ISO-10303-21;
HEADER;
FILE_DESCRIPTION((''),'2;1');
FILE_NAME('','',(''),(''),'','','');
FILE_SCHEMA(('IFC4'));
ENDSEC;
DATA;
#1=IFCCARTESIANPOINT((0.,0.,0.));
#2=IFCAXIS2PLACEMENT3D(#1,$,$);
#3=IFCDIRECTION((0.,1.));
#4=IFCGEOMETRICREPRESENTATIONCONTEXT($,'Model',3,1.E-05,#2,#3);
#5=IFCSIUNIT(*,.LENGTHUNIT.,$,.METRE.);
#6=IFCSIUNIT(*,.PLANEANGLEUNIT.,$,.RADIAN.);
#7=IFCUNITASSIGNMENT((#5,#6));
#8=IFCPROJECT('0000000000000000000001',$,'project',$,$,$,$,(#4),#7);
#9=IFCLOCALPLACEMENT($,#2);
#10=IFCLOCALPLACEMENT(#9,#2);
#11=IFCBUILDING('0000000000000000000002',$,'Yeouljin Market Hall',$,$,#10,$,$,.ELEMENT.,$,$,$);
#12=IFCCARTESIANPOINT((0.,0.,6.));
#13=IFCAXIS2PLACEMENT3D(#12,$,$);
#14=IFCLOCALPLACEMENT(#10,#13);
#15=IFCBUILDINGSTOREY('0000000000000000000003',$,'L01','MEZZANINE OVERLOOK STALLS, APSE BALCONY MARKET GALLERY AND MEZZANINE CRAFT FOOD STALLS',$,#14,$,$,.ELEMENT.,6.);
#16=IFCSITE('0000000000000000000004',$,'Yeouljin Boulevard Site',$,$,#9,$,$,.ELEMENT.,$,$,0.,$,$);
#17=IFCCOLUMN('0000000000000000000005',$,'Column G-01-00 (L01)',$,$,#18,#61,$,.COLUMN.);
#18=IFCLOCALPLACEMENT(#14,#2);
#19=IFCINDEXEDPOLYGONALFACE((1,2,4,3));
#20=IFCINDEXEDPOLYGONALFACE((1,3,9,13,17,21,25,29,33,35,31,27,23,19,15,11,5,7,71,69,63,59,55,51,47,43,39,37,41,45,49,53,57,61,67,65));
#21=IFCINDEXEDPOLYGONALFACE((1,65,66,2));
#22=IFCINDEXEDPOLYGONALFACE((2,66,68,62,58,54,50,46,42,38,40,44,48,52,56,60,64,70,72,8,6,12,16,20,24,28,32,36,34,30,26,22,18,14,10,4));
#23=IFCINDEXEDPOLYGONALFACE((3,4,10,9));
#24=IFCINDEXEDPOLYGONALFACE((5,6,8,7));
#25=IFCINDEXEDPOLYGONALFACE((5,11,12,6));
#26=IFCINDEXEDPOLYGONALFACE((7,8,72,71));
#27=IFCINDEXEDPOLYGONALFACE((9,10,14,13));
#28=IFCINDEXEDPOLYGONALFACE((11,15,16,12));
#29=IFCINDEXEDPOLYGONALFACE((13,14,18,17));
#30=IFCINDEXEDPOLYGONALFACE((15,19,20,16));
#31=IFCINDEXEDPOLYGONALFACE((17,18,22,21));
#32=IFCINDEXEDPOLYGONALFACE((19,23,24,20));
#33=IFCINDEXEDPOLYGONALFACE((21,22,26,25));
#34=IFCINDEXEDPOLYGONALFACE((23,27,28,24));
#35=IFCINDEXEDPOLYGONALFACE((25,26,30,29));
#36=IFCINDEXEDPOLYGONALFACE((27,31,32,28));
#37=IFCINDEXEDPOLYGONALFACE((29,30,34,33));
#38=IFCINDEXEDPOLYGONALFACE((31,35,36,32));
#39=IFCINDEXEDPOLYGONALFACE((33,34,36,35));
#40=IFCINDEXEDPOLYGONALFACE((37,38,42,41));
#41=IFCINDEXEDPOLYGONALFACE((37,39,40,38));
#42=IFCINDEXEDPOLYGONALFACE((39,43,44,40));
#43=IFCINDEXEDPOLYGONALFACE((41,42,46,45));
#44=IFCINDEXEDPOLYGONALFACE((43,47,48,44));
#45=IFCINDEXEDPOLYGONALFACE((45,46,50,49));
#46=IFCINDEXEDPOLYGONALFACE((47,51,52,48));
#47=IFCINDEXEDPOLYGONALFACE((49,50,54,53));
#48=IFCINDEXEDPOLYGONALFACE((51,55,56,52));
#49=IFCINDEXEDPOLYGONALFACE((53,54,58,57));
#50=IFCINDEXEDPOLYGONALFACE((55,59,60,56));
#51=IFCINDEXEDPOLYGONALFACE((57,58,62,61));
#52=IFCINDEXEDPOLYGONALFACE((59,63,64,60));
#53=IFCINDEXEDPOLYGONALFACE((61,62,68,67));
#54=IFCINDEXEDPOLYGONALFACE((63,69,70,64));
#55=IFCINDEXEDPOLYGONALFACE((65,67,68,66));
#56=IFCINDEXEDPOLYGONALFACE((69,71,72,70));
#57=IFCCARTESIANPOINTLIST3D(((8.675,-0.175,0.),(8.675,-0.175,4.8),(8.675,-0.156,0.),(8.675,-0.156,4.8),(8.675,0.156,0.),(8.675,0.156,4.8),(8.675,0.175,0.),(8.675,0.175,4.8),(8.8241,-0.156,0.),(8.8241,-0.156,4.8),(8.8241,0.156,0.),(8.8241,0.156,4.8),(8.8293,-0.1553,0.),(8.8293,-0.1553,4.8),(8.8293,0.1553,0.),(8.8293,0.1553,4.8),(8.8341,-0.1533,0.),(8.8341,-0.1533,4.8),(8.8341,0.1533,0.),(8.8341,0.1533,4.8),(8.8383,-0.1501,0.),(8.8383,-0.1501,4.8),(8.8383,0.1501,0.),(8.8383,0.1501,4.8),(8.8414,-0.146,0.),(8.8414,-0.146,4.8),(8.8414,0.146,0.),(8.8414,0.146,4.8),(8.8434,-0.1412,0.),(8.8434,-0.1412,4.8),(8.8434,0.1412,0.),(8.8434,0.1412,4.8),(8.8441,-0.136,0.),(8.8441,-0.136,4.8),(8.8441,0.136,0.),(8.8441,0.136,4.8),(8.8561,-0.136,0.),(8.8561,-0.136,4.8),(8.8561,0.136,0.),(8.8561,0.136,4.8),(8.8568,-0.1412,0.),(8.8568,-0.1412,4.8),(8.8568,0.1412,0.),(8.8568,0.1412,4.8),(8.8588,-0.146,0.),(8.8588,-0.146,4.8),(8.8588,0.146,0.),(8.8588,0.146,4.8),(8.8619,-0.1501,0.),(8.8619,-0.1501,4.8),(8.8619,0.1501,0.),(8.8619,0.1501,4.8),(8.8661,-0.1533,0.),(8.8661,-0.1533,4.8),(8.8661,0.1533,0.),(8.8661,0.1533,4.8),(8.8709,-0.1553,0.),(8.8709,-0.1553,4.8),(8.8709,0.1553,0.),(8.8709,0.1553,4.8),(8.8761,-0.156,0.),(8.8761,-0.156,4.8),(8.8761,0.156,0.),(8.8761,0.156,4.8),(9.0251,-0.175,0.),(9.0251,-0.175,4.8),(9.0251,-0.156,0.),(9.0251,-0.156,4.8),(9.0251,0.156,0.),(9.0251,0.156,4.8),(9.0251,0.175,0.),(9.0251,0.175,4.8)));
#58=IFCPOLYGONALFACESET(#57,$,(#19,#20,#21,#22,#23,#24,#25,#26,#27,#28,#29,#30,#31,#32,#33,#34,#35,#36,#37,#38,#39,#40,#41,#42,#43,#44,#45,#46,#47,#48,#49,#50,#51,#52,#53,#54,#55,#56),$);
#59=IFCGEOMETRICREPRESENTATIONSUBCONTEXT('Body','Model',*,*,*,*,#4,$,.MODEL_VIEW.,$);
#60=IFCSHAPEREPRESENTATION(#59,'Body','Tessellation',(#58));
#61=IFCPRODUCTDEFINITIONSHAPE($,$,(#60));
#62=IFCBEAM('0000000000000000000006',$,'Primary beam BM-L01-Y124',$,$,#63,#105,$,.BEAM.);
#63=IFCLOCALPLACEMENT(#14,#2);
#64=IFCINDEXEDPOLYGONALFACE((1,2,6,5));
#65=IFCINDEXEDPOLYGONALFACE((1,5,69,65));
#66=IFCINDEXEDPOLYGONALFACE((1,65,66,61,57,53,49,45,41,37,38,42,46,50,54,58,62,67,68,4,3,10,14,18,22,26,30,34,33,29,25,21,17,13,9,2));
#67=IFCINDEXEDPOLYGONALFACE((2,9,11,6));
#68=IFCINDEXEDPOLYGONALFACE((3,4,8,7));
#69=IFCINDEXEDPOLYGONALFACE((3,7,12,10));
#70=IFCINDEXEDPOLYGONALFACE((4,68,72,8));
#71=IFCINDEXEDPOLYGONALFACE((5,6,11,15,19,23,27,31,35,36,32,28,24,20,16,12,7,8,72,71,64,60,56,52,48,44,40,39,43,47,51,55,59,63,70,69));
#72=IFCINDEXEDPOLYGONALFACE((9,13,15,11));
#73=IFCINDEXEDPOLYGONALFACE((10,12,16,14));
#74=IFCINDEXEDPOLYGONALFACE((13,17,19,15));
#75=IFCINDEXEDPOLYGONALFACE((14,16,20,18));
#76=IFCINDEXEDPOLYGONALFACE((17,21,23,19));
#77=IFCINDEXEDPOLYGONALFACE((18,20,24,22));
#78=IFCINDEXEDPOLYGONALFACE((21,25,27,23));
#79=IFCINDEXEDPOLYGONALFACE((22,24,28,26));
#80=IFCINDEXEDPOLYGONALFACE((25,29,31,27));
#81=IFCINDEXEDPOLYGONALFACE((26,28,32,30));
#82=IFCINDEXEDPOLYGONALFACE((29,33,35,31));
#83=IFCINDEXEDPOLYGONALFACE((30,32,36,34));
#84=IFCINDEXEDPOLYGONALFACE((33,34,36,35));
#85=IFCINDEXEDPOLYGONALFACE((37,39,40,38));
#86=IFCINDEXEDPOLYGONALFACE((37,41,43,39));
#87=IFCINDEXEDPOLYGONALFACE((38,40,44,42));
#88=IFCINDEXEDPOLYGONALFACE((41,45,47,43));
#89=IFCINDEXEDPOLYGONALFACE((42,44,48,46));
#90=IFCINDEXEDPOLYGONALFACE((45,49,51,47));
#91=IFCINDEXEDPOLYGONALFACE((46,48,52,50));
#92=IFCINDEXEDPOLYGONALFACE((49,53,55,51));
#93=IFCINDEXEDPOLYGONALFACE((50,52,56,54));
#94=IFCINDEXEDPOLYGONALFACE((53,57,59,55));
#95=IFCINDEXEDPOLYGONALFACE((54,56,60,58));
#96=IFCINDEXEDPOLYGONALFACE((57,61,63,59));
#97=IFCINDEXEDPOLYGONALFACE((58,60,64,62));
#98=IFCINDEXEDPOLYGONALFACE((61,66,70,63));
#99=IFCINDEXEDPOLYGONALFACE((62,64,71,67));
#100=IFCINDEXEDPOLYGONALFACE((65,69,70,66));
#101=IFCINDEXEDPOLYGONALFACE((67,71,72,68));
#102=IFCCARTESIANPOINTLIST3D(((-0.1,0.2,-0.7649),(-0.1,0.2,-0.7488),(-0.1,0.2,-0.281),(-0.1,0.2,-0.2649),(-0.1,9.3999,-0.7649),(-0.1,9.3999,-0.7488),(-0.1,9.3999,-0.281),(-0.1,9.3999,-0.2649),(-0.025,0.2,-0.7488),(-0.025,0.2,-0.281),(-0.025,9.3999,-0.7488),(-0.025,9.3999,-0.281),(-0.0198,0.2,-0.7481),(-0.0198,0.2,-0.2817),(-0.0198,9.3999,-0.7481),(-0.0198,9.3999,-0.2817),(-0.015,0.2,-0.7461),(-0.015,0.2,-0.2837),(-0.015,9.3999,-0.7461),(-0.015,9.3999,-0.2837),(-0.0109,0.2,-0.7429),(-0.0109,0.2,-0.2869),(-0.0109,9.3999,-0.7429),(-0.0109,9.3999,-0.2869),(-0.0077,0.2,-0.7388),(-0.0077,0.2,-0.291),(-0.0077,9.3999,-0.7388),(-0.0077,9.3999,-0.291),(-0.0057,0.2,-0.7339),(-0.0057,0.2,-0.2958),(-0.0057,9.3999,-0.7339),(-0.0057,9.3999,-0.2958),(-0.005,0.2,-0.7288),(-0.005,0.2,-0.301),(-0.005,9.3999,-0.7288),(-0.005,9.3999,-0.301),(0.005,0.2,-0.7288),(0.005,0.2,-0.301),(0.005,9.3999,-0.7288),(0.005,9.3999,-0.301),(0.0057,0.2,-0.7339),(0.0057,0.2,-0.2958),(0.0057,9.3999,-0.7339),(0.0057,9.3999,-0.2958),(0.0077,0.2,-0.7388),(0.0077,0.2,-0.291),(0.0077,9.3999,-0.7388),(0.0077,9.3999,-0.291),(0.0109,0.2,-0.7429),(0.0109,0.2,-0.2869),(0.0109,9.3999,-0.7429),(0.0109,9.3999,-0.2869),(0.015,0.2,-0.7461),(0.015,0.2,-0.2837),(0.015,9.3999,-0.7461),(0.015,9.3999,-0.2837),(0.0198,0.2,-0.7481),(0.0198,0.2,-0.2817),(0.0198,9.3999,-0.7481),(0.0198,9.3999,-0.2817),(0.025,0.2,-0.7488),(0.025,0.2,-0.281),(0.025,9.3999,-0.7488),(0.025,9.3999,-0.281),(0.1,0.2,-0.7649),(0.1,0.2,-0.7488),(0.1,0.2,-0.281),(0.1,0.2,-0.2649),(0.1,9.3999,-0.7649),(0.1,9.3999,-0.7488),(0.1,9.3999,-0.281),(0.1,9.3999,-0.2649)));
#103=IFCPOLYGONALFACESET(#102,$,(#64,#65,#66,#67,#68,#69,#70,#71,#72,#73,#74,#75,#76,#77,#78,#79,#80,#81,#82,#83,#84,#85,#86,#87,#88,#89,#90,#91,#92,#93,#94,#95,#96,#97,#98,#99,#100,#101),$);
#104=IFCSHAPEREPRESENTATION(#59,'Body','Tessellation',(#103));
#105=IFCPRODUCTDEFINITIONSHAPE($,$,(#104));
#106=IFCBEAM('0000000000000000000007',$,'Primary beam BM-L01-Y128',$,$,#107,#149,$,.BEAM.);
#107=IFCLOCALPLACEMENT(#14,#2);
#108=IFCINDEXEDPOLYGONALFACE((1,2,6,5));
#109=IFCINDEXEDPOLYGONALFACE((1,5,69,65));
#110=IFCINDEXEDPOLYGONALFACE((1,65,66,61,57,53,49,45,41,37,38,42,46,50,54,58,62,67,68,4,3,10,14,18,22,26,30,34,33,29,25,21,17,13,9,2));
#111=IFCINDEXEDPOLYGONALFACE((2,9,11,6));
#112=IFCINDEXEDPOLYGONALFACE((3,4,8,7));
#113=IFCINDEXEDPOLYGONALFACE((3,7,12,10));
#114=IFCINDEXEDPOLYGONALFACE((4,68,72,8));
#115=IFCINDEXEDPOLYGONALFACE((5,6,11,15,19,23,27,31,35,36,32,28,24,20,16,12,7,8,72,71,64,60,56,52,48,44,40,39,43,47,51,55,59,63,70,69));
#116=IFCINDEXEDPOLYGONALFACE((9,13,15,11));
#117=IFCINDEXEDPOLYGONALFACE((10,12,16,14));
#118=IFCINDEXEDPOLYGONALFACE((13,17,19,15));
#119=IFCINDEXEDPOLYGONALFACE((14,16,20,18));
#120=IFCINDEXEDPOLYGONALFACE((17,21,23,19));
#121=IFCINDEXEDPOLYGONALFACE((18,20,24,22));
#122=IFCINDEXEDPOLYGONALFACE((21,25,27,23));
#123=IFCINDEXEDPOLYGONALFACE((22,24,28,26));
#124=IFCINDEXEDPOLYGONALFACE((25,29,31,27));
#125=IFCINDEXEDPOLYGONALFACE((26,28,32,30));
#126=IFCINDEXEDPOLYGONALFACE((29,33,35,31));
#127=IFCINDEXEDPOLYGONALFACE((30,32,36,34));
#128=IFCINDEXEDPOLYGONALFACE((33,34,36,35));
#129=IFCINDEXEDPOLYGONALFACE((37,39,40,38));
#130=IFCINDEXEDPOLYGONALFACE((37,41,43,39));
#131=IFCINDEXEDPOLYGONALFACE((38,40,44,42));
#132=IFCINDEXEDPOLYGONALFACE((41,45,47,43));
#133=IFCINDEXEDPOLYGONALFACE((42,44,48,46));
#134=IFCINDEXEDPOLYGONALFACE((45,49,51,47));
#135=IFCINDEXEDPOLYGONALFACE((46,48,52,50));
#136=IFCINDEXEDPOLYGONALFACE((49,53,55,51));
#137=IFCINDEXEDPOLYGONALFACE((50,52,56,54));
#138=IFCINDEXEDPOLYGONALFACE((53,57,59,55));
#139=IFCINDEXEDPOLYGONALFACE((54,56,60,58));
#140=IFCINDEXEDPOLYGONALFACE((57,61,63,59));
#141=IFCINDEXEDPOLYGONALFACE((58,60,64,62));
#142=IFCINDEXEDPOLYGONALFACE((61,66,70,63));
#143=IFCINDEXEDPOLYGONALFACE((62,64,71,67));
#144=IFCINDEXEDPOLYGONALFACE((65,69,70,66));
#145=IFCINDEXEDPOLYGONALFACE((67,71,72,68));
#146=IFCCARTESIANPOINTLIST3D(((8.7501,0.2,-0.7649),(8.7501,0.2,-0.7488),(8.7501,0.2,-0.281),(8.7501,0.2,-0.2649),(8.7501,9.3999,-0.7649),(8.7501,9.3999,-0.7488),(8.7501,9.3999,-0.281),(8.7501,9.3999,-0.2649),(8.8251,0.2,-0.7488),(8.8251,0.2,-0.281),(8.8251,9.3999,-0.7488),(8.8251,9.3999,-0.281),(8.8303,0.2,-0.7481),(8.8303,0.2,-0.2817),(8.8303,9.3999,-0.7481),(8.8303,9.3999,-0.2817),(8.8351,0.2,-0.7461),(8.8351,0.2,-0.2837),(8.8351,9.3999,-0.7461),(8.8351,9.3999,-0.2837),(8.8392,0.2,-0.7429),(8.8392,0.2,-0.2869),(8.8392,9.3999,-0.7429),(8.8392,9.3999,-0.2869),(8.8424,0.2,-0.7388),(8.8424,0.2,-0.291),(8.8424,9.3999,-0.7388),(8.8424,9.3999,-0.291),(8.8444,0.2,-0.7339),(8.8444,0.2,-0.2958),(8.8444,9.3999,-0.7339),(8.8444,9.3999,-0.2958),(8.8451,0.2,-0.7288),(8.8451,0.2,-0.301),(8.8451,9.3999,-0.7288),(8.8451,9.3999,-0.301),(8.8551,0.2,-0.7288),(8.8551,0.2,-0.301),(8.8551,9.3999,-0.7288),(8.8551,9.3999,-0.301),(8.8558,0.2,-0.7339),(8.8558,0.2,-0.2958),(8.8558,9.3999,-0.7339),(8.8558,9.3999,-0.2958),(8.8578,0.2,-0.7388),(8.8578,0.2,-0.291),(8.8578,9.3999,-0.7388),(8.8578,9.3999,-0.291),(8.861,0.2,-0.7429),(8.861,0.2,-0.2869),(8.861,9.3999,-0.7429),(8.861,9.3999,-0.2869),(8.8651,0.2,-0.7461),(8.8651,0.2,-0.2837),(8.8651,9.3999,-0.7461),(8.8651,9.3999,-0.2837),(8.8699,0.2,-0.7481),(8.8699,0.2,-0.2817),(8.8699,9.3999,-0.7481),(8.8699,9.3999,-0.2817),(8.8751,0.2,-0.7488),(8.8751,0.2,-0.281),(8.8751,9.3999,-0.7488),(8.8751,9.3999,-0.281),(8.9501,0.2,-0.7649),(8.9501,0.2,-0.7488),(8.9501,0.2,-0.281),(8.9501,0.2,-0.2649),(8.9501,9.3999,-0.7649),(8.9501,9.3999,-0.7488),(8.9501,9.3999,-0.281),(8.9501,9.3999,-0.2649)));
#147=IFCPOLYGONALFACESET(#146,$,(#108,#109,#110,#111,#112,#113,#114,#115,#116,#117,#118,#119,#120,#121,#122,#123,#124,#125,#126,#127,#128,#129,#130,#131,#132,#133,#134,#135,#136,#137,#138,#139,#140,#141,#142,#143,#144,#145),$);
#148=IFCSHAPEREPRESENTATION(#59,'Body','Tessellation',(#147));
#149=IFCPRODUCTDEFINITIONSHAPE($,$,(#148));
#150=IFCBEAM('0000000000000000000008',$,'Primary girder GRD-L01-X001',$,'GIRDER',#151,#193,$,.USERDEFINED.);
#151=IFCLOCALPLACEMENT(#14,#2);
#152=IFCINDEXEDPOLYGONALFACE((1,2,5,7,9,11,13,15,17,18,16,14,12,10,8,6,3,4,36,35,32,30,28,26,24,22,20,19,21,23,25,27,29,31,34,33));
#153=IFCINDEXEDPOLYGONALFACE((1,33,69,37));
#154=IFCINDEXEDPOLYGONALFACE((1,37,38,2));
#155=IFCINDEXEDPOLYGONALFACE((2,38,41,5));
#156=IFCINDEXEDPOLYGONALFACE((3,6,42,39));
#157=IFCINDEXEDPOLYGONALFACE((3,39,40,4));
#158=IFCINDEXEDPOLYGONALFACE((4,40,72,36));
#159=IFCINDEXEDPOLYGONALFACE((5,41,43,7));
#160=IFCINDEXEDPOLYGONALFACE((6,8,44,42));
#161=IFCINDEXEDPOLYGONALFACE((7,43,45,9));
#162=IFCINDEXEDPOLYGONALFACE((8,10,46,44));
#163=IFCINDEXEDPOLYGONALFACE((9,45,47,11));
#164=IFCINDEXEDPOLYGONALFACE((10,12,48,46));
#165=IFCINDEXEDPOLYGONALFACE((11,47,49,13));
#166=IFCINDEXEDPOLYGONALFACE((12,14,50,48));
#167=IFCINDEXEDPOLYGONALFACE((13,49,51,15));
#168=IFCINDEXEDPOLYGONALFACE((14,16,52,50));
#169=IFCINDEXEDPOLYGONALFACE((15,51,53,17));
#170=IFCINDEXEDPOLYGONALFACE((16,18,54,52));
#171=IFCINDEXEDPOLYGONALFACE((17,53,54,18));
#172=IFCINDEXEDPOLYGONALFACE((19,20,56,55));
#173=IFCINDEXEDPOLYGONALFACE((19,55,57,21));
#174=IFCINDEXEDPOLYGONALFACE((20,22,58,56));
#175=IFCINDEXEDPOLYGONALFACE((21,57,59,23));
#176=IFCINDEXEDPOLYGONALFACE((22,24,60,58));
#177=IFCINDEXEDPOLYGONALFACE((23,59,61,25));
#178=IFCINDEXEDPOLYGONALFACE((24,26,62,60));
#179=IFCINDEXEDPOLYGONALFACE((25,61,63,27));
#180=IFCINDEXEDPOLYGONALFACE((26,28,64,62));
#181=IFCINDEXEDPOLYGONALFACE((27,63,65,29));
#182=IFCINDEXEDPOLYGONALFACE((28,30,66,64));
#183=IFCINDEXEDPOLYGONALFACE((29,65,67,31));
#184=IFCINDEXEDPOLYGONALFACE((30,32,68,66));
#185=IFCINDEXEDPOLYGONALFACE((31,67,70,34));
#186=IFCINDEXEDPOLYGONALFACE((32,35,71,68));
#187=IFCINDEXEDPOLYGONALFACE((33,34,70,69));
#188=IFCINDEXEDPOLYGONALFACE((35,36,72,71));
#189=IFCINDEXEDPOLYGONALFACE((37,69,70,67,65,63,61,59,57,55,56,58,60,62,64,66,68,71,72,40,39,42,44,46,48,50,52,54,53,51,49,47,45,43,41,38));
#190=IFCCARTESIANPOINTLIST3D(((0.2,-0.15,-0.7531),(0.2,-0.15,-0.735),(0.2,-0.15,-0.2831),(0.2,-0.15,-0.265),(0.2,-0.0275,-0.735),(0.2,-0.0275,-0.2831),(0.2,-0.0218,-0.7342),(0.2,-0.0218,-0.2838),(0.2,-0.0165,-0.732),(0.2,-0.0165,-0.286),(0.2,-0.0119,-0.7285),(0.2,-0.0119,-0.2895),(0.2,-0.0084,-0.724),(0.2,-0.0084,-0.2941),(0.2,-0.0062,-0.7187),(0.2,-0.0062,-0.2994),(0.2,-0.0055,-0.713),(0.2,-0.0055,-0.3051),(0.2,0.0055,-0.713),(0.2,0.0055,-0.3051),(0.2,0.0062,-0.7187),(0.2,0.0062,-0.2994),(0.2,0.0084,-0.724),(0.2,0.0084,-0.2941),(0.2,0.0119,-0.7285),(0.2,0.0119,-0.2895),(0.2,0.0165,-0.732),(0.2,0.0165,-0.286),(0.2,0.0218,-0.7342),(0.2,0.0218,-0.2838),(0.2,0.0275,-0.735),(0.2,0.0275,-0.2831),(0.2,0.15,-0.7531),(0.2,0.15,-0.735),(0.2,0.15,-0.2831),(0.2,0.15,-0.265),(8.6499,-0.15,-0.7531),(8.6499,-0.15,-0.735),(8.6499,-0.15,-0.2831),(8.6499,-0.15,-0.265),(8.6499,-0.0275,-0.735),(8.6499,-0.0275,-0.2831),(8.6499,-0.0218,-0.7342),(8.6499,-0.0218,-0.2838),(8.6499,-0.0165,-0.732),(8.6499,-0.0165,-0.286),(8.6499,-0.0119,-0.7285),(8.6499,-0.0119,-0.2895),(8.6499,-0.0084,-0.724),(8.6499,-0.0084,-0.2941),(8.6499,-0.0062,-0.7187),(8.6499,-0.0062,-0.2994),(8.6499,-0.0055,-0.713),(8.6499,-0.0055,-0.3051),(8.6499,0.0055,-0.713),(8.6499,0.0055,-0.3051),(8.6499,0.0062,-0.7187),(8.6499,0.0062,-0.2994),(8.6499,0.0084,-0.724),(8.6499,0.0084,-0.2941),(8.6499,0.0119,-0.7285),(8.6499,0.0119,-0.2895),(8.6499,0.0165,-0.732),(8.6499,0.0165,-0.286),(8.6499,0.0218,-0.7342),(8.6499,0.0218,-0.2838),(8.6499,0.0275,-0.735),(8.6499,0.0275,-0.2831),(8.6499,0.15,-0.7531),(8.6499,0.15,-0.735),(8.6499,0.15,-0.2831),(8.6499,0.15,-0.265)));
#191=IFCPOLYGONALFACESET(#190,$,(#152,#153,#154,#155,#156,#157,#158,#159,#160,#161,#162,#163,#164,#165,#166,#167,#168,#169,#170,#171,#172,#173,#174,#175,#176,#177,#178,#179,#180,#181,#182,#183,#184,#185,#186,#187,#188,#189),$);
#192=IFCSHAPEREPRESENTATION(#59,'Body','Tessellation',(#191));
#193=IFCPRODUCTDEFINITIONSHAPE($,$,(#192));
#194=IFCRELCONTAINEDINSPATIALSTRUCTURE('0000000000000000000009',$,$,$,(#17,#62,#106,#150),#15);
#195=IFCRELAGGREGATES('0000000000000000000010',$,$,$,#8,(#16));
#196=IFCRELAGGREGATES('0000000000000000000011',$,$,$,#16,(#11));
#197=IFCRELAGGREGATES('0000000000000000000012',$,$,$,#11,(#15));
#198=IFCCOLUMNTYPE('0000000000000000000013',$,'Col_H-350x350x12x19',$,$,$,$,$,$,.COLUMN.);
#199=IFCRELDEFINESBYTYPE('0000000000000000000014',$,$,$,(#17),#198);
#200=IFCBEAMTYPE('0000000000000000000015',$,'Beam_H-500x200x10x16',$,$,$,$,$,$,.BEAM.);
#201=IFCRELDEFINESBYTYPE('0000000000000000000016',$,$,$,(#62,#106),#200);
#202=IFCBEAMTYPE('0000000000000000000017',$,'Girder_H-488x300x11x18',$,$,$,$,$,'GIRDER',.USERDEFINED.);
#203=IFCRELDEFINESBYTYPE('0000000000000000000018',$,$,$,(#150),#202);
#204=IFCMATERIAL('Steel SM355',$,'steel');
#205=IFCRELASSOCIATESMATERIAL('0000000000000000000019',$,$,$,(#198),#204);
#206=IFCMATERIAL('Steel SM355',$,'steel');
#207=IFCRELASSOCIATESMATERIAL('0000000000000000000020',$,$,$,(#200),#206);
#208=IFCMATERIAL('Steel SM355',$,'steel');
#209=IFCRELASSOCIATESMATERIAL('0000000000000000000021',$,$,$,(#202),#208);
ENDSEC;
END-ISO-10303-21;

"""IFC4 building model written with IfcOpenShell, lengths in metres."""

from ifc_helpers import new_model, si_unit, direction, frame, origin, origin_2d, place, context, subcontext, project, spatial, i_section, extrude, material, material_profile, profile_set, type_object, element, save


model = new_model("IFC4")

# Units and contexts
model_context = context("Model", 3, precision=1e-05, world=origin(), true_north=direction((0.0, 1.0)))
body_context = subcontext(model_context, "Body", "Model", "MODEL_VIEW")
ifc_project = project(units=[si_unit("LENGTHUNIT", "METRE"), si_unit("PLANEANGLEUNIT", "RADIAN")], contexts=[model_context])

# Site, building, storey
site_placement = place(None, origin())
site = spatial("IfcSite", under=ifc_project, at=site_placement, Name="Yeouljin Boulevard Site", CompositionType="ELEMENT", RefElevation=0.0)
building_placement = place(site_placement, origin())
building = spatial("IfcBuilding", under=site, at=building_placement, Name="Yeouljin Market Hall", CompositionType="ELEMENT")
storey_placement = place(building_placement, frame((0.0, 0.0, 6.0)))
storey = spatial("IfcBuildingStorey", under=building, at=storey_placement, Name="L01", Description="MEZZANINE OVERLOOK STALLS, APSE BALCONY MARKET GALLERY AND MEZZANINE CRAFT FOOD STALLS", CompositionType="ELEMENT", Elevation=6.0)

# Column
ifc_material_1 = material(Name="Steel SM355", Category="steel")
ifc_material_profile_1 = material_profile(ifc_material_1, i_section(OverallWidth=0.3501, OverallDepth=0.3501, WebThickness=0.012, FlangeThickness=0.019, FilletRadius=0.02, at=origin_2d()), Name="H-350x350x12x19")
ifc_profile_set_1 = profile_set([ifc_material_profile_1], Name="Steel SM355")
column_type = type_object("IfcColumnType", Name="Col_H-350x350x12x19", PredefinedType="COLUMN", material=ifc_profile_set_1)
column_placement = place(storey_placement, frame((8.8501, 0.0, 0.0), z_axis=(0.0, 0.0, 1.0), x_axis=(1.0, 0.0, 0.0)))
element("IfcColumn", 1, at=column_placement, inside=storey, type_object=column_type, Name="Column G-01-00 (L01)", PredefinedType="COLUMN", context=body_context, shape_type="SweptSolid", body=[
    extrude(i_section(OverallWidth=0.3501, OverallDepth=0.3501, WebThickness=0.012, FlangeThickness=0.019, FilletRadius=0.02, at=origin_2d()), origin(), (0.0, 0.0, 1.0), 4.8),
])

# Beams
ifc_material_2 = material(Name="Steel SM355", Category="steel")
ifc_material_profile_2 = material_profile(ifc_material_2, i_section(OverallWidth=0.2, OverallDepth=0.5, WebThickness=0.01, FlangeThickness=0.0161, FilletRadius=0.02, at=origin_2d()), Name="H-500x200x10x16")
ifc_profile_set_2 = profile_set([ifc_material_profile_2], Name="Steel SM355")
beam_type_1 = type_object("IfcBeamType", Name="Beam_H-500x200x10x16", PredefinedType="BEAM", material=ifc_profile_set_2)
for number, where, z_axis, x_axis, name in (
    (2, (0.0, 0.2, -0.5149), (0.0, 1.0, 0.0), (-1.0, 0.0, 0.0), "Primary beam BM-L01-Y124"),
    (3, (8.8501, 0.2, -0.5149), (0.0, 1.0, 0.0), (-1.0, 0.0, 0.0), "Primary beam BM-L01-Y128"),
):
    element("IfcBeam", number, at=place(storey_placement, frame(where, z_axis=z_axis, x_axis=x_axis)), inside=storey, type_object=beam_type_1, Name=name, PredefinedType="BEAM", context=body_context, shape_type="SweptSolid", body=[
        extrude(i_section(OverallWidth=0.2, OverallDepth=0.5, WebThickness=0.01, FlangeThickness=0.0161, FilletRadius=0.02, at=origin_2d()), origin(), (0.0, 0.0, 1.0), 9.2),
    ])
ifc_material_3 = material(Name="Steel SM355", Category="steel")
ifc_material_profile_3 = material_profile(ifc_material_3, i_section(OverallWidth=0.3, OverallDepth=0.488, WebThickness=0.011, FlangeThickness=0.0181, FilletRadius=0.022, at=origin_2d()), Name="H-488x300x11x18")
ifc_profile_set_3 = profile_set([ifc_material_profile_3], Name="Steel SM355")
beam_type_2 = type_object("IfcBeamType", Name="Girder_H-488x300x11x18", ElementType="GIRDER", PredefinedType="USERDEFINED", material=ifc_profile_set_3)
for number, where, z_axis, x_axis, name in (
    (4, (0.2, 0.0, -0.509), (1.0, 0.0, 0.0), (0.0, 1.0, 0.0), "Primary girder GRD-L01-X001"),
):
    element("IfcBeam", number, at=place(storey_placement, frame(where, z_axis=z_axis, x_axis=x_axis)), inside=storey, type_object=beam_type_2, Name=name, ObjectType="GIRDER", PredefinedType="USERDEFINED", context=body_context, shape_type="SweptSolid", body=[
        extrude(i_section(OverallWidth=0.3, OverallDepth=0.488, WebThickness=0.011, FlangeThickness=0.0181, FilletRadius=0.022, at=origin_2d()), origin(), (0.0, 0.0, 1.0), 8.45),
    ])

save(model, "model.ifc")
